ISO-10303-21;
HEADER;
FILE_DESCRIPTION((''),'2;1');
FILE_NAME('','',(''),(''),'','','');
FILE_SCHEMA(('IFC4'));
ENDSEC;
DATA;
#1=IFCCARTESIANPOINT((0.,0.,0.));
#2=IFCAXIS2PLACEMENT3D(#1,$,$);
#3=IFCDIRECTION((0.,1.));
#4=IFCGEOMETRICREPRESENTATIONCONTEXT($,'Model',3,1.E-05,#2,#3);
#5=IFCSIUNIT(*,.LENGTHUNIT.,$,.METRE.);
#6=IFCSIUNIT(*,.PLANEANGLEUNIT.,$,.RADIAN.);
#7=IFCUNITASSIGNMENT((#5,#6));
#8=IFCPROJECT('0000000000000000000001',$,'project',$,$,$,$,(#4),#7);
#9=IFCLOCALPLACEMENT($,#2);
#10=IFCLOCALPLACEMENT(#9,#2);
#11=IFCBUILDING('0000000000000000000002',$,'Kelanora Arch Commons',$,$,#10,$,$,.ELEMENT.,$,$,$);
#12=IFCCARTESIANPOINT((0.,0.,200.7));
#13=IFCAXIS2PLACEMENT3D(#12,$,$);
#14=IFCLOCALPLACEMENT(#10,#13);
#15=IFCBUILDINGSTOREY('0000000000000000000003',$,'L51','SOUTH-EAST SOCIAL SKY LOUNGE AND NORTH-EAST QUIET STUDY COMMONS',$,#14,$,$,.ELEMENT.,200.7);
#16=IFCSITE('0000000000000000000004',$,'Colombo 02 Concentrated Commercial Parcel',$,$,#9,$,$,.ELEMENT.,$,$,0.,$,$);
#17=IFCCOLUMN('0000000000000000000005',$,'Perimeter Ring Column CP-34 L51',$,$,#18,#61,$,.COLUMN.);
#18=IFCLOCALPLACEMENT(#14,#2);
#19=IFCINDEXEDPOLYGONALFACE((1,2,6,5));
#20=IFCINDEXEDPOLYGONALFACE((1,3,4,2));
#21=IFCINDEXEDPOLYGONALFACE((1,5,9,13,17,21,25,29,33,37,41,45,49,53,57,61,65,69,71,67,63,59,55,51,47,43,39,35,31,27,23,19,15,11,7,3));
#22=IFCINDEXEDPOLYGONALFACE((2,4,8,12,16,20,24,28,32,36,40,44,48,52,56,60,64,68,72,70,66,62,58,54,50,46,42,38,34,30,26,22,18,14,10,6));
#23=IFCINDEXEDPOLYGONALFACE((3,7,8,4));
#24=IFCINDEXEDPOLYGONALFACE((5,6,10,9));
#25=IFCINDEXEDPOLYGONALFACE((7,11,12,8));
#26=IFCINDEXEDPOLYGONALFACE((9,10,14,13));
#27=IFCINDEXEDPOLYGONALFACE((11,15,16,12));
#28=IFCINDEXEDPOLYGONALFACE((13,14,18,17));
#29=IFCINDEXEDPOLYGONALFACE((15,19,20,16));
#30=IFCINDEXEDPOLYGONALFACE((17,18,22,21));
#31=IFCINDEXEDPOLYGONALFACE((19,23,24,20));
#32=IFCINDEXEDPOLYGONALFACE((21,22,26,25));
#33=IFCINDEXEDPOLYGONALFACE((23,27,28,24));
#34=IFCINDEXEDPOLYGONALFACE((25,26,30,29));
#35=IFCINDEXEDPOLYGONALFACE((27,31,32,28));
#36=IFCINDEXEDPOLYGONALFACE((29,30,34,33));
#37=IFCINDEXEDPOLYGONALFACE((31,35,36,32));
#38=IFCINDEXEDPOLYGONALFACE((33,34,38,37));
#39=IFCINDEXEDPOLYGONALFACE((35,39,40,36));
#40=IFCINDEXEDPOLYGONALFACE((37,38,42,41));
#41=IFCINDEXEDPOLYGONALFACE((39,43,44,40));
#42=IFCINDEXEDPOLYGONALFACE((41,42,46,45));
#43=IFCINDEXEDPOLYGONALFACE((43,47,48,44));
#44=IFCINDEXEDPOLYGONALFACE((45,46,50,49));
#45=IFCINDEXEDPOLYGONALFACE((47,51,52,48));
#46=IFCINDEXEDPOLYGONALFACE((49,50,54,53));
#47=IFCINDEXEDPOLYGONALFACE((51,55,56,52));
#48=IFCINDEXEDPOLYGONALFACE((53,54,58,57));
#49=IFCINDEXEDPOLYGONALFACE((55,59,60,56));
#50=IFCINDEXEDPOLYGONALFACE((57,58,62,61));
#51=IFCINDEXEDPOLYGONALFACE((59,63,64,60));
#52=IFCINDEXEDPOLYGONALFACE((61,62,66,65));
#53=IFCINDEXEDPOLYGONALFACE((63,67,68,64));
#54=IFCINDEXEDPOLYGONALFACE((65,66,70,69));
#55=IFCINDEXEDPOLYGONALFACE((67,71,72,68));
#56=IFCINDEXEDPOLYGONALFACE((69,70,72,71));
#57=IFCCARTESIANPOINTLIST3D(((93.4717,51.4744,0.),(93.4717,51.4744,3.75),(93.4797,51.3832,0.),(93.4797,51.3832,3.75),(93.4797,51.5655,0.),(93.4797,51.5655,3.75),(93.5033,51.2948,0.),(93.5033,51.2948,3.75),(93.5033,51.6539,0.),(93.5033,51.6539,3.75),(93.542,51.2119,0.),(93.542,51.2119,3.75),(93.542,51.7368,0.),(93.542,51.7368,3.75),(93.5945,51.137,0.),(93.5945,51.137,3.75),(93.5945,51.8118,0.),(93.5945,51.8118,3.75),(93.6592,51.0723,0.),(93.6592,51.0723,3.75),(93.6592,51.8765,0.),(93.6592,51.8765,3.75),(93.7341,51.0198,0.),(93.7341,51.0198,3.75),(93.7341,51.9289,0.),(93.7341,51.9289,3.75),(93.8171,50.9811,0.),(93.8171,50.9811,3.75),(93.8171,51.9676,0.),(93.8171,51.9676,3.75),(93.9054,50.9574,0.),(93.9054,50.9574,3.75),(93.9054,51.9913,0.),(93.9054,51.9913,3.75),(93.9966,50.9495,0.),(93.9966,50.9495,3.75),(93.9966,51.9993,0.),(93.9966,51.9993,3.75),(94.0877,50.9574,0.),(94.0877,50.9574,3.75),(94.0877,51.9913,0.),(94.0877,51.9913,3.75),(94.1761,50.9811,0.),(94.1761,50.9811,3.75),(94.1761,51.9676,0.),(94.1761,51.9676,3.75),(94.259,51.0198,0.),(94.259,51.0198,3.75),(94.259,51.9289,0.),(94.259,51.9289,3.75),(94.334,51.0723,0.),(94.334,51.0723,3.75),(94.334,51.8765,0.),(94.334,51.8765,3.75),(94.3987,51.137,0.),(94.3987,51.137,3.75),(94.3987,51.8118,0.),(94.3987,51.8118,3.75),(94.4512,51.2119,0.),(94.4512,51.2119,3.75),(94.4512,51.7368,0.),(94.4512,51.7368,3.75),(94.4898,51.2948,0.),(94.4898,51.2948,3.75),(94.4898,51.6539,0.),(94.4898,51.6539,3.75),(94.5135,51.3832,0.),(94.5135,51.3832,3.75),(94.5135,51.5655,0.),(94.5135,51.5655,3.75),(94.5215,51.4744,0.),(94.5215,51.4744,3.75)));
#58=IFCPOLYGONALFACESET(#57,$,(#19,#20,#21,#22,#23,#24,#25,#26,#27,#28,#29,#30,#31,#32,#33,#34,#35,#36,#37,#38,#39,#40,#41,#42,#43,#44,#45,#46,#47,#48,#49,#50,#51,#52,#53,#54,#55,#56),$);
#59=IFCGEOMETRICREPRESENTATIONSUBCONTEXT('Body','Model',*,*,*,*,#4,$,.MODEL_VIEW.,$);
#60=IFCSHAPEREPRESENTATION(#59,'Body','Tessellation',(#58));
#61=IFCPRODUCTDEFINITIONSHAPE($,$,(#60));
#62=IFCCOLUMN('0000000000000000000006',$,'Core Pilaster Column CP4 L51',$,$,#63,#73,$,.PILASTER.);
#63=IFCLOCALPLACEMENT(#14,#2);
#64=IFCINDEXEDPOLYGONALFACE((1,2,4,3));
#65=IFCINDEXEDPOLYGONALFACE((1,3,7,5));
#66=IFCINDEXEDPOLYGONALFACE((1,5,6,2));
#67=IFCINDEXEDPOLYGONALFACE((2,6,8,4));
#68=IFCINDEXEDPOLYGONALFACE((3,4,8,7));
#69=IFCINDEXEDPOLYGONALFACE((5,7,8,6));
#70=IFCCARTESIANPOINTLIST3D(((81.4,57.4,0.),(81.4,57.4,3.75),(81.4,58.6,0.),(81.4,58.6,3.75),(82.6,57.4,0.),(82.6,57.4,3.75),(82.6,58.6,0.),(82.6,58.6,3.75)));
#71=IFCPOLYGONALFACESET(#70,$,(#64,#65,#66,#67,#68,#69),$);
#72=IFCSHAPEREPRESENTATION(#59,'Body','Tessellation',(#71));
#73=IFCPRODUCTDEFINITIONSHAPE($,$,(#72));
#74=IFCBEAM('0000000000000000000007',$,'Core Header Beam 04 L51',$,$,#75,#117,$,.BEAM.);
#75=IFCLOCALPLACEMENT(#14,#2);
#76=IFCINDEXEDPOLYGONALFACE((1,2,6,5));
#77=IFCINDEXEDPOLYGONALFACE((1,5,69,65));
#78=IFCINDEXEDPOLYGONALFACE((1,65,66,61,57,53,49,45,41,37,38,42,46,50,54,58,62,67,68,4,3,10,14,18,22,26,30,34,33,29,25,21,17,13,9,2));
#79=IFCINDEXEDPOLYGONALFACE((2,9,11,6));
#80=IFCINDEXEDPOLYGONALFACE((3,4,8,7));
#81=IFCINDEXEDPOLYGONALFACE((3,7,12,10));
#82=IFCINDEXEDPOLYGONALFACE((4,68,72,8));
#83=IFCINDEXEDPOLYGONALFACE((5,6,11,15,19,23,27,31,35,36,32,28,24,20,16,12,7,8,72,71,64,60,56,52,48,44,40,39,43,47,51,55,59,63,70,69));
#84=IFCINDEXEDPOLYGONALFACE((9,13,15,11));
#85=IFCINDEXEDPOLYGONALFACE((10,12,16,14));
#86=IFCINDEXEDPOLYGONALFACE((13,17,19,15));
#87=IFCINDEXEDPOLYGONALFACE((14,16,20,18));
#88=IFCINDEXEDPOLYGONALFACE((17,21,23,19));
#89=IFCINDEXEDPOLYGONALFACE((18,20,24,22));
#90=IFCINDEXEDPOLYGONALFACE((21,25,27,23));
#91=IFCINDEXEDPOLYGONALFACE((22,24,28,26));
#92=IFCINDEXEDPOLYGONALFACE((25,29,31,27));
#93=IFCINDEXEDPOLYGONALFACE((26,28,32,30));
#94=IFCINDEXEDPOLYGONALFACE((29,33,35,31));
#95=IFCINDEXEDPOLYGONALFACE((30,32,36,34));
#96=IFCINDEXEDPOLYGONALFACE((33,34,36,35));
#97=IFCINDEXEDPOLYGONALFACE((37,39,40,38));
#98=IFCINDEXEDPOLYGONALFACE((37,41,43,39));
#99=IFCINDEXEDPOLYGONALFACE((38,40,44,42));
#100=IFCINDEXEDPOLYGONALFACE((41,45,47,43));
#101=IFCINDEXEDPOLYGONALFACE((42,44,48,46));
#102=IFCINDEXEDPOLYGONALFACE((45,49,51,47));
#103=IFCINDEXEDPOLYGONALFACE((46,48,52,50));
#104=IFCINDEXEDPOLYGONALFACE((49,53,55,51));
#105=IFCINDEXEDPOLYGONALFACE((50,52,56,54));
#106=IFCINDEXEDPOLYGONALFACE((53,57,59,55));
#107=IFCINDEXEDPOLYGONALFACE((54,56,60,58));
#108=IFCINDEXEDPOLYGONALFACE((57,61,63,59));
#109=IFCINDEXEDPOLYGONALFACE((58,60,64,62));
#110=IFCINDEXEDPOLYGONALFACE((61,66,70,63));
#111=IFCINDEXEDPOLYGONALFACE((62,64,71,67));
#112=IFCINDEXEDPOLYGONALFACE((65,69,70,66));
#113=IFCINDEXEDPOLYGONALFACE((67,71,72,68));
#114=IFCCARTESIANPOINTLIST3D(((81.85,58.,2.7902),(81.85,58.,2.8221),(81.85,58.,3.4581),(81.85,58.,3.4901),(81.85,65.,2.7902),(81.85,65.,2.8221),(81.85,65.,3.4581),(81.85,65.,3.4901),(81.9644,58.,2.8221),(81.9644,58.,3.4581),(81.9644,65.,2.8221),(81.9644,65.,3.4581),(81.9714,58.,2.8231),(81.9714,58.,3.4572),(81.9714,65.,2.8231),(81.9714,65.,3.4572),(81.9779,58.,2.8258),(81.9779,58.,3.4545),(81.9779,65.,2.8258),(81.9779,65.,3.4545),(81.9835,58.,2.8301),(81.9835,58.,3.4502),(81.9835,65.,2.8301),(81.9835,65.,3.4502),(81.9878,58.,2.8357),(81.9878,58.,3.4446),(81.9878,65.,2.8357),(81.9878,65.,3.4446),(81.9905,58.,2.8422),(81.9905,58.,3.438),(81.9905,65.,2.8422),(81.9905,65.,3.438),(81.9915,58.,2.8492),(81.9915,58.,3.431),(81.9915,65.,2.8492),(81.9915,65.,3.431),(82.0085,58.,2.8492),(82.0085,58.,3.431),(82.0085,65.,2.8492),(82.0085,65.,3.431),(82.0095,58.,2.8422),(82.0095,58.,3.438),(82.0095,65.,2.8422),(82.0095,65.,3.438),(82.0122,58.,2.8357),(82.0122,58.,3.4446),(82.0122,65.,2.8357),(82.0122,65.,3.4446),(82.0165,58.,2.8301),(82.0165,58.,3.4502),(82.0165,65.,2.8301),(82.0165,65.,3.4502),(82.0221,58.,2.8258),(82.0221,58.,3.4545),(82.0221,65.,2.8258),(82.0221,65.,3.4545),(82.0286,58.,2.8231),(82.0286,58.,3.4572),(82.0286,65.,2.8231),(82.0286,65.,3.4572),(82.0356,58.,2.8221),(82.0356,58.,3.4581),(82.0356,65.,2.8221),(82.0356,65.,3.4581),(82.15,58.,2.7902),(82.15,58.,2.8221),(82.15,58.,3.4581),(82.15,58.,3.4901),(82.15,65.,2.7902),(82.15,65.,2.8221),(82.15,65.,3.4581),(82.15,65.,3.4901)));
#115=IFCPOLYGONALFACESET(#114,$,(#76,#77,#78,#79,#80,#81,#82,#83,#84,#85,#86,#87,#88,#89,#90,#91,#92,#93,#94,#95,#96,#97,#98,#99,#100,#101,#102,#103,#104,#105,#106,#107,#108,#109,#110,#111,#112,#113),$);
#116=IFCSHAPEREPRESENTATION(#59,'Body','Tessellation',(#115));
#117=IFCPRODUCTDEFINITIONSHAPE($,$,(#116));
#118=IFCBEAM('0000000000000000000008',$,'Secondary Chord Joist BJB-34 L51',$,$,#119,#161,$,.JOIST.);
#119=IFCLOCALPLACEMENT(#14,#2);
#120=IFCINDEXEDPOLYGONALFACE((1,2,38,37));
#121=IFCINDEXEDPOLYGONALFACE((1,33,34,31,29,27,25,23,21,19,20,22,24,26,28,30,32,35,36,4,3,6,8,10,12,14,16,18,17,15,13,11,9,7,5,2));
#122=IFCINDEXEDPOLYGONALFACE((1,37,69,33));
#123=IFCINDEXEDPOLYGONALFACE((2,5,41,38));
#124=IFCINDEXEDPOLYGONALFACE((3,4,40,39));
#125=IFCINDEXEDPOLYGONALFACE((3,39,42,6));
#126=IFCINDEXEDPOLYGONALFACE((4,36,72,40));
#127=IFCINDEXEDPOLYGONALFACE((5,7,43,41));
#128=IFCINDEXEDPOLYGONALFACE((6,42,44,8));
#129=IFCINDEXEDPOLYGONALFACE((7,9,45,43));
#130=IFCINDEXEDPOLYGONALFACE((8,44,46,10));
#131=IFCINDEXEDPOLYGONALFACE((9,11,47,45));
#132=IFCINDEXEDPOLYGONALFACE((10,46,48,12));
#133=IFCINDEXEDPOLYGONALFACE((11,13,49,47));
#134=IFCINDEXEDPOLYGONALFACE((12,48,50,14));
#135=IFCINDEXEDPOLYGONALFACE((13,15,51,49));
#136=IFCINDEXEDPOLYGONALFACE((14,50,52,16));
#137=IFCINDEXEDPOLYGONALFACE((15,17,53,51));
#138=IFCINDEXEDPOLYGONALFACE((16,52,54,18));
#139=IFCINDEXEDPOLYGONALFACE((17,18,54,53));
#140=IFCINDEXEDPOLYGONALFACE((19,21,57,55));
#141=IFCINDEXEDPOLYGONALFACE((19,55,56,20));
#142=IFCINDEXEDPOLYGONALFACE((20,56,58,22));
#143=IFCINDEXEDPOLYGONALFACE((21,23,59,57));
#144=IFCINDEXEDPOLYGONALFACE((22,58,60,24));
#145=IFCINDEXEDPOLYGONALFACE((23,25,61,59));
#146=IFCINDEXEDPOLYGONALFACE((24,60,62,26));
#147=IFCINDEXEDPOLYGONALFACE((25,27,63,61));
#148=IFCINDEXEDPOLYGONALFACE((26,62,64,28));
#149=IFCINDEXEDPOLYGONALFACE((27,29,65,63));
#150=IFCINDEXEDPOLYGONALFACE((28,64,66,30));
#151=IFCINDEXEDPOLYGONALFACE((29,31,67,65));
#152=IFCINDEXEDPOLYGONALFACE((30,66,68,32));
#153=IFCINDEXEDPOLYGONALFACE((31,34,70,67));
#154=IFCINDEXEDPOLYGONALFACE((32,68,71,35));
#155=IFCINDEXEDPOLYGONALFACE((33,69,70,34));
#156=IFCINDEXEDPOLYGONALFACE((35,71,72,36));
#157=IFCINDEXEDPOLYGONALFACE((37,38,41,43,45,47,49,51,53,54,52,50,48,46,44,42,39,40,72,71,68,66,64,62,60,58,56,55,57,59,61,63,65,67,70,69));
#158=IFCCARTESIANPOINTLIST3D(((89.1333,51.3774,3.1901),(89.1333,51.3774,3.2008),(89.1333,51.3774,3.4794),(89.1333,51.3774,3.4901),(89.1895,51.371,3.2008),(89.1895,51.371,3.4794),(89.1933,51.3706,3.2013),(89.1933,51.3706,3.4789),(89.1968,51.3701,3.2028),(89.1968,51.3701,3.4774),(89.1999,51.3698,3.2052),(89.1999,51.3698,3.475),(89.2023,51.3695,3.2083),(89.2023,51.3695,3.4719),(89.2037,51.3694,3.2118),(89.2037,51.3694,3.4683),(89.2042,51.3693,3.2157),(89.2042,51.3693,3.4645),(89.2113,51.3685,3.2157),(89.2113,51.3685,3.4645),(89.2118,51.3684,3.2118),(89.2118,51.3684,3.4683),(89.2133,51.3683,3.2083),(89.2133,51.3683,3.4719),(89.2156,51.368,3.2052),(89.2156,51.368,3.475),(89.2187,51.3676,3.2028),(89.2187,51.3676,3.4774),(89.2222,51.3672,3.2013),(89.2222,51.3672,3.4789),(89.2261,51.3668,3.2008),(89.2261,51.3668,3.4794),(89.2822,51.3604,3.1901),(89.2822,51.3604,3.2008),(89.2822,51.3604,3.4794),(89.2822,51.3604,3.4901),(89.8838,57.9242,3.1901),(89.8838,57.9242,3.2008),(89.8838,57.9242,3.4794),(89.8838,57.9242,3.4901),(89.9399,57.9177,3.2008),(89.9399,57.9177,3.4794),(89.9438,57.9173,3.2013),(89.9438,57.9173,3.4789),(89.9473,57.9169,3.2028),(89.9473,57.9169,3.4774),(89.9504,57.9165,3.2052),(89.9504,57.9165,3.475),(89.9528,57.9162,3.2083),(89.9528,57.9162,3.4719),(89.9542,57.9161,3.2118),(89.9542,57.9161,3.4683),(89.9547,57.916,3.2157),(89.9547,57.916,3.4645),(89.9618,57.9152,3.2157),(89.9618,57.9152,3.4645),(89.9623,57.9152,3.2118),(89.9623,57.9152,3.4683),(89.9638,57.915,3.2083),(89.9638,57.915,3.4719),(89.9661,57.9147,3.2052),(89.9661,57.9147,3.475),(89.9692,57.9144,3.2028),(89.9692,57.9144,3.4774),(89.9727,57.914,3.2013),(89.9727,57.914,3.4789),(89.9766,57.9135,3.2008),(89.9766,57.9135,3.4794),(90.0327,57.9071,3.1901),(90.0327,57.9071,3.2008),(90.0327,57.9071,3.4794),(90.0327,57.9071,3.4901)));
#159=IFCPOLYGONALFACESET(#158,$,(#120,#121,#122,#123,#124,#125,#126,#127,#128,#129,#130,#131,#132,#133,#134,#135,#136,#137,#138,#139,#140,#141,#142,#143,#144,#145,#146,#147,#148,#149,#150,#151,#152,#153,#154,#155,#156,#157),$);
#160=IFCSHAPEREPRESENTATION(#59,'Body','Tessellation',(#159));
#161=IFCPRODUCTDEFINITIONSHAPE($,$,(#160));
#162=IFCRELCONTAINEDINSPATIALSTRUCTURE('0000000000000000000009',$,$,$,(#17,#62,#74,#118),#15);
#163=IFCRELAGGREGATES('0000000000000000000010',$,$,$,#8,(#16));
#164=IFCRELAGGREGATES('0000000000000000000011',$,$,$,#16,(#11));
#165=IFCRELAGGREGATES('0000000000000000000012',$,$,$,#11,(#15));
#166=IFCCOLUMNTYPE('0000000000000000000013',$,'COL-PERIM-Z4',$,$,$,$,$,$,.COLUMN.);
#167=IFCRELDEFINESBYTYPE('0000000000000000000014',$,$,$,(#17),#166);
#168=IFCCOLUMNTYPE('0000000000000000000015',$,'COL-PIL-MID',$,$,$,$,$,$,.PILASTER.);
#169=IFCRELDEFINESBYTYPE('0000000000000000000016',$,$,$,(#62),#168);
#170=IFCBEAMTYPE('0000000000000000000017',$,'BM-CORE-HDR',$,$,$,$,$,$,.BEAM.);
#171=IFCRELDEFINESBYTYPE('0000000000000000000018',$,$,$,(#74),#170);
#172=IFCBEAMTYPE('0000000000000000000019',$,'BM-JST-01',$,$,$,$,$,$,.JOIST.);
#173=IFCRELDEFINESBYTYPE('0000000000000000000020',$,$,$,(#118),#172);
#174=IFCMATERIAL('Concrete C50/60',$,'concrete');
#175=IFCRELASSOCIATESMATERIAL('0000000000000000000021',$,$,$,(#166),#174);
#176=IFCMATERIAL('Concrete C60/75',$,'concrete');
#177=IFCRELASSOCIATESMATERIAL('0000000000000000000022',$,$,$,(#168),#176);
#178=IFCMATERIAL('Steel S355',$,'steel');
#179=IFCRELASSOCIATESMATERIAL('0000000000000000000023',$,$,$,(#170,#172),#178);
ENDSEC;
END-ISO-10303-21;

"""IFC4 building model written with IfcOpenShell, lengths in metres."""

from ifc_helpers import new_model, si_unit, direction, frame, origin, origin_2d, place, context, subcontext, project, spatial, rectangle, circle, i_section, extrude, material, material_profile, profile_set, type_object, element, save


model = new_model("IFC4")

# Units and contexts
model_context = context("Model", 3, precision=1e-05, world=origin(), true_north=direction((0.0, 1.0)))
body_context = subcontext(model_context, "Body", "Model", "MODEL_VIEW")
ifc_project = project(units=[si_unit("LENGTHUNIT", "METRE"), si_unit("PLANEANGLEUNIT", "RADIAN")], contexts=[model_context])

# Site, building, storey
site_placement = place(None, origin())
site = spatial("IfcSite", under=ifc_project, at=site_placement, Name="Colombo 02 Concentrated Commercial Parcel", CompositionType="ELEMENT", RefElevation=0.0)
building_placement = place(site_placement, origin())
building = spatial("IfcBuilding", under=site, at=building_placement, Name="Kelanora Arch Commons", CompositionType="ELEMENT")
storey_placement = place(building_placement, frame((0.0, 0.0, 200.7)))
storey = spatial("IfcBuildingStorey", under=building, at=storey_placement, Name="L51", Description="SOUTH-EAST SOCIAL SKY LOUNGE AND NORTH-EAST QUIET STUDY COMMONS", CompositionType="ELEMENT", Elevation=200.7)

# Columns
ifc_material_1 = material(Name="Concrete C50/60", Category="concrete")
ifc_material_profile_1 = material_profile(ifc_material_1, circle(Radius=0.5249, at=origin_2d()), Name="RCC1050")
ifc_profile_set_1 = profile_set([ifc_material_profile_1], Name="Concrete C50/60")
column_type_1 = type_object("IfcColumnType", Name="COL-PERIM-Z4", PredefinedType="COLUMN", material=ifc_profile_set_1)
column_1_placement = place(storey_placement, frame((93.9966, 51.4744, 0.0), z_axis=(0.0, 0.0, 1.0), x_axis=(1.0, 0.0, 0.0)))
element("IfcColumn", 1, at=column_1_placement, inside=storey, type_object=column_type_1, Name="Perimeter Ring Column CP-34 L51", PredefinedType="COLUMN", context=body_context, shape_type="SweptSolid", body=[
    extrude(circle(Radius=0.5249, at=origin_2d()), origin(), (0.0, 0.0, 1.0), 3.75),
])
ifc_material_2 = material(Name="Concrete C60/75", Category="concrete")
ifc_material_profile_2 = material_profile(ifc_material_2, rectangle(XDim=1.2, YDim=1.2, at=origin_2d()), Name="RC1200x1200")
ifc_profile_set_2 = profile_set([ifc_material_profile_2], Name="Concrete C60/75")
column_type_2 = type_object("IfcColumnType", Name="COL-PIL-MID", PredefinedType="PILASTER", material=ifc_profile_set_2)
column_2_placement = place(storey_placement, frame((82.0, 58.0, 0.0), z_axis=(0.0, 0.0, 1.0), x_axis=(1.0, 0.0, 0.0)))
element("IfcColumn", 2, at=column_2_placement, inside=storey, type_object=column_type_2, Name="Core Pilaster Column CP4 L51", PredefinedType="PILASTER", context=body_context, shape_type="SweptSolid", body=[
    extrude(rectangle(XDim=1.2, YDim=1.2, at=origin_2d()), origin(), (0.0, 0.0, 1.0), 3.75),
])

# Beams
ifc_material_3 = material(Name="Steel S355", Category="steel")
ifc_material_profile_3 = material_profile(ifc_material_3, i_section(OverallWidth=0.3, OverallDepth=0.7, WebThickness=0.0171, FlangeThickness=0.032, FilletRadius=0.0271, at=origin_2d()), Name="HEB700")
ifc_profile_set_3 = profile_set([ifc_material_profile_3], Name="Steel S355")
beam_type_1 = type_object("IfcBeamType", Name="BM-CORE-HDR", PredefinedType="BEAM", material=ifc_profile_set_3)
beam_1_placement = place(storey_placement, frame((82.0, 58.0, 3.1401), z_axis=(0.0, 1.0, 0.0), x_axis=(-1.0, 0.0, 0.0)))
element("IfcBeam", 3, at=beam_1_placement, inside=storey, type_object=beam_type_1, Name="Core Header Beam 04 L51", PredefinedType="BEAM", context=body_context, shape_type="SweptSolid", body=[
    extrude(i_section(OverallWidth=0.3, OverallDepth=0.7, WebThickness=0.0171, FlangeThickness=0.032, FilletRadius=0.0271, at=origin_2d()), origin(), (0.0, 0.0, 1.0), 7.0),
])
ifc_material_profile_4 = material_profile(ifc_material_3, i_section(OverallWidth=0.1499, OverallDepth=0.3, WebThickness=0.0071, FlangeThickness=0.0107, FilletRadius=0.0149, at=origin_2d()), Name="IPE300")
ifc_profile_set_4 = profile_set([ifc_material_profile_4], Name="Steel S355")
beam_type_2 = type_object("IfcBeamType", Name="BM-JST-01", PredefinedType="JOIST", material=ifc_profile_set_4)
beam_2_placement = place(storey_placement, frame((89.2078, 51.3689, 3.3401), z_axis=(0.113891, 0.993493, 0.0), x_axis=(-0.993493, 0.113891, 0.0)))
element("IfcBeam", 4, at=beam_2_placement, inside=storey, type_object=beam_type_2, Name="Secondary Chord Joist BJB-34 L51", PredefinedType="JOIST", context=body_context, shape_type="SweptSolid", body=[
    extrude(i_section(OverallWidth=0.1499, OverallDepth=0.3, WebThickness=0.0071, FlangeThickness=0.0107, FilletRadius=0.0149, at=origin_2d()), origin(), (0.0, 0.0, 1.0), 6.5896),
])

save(model, "model.ifc")
